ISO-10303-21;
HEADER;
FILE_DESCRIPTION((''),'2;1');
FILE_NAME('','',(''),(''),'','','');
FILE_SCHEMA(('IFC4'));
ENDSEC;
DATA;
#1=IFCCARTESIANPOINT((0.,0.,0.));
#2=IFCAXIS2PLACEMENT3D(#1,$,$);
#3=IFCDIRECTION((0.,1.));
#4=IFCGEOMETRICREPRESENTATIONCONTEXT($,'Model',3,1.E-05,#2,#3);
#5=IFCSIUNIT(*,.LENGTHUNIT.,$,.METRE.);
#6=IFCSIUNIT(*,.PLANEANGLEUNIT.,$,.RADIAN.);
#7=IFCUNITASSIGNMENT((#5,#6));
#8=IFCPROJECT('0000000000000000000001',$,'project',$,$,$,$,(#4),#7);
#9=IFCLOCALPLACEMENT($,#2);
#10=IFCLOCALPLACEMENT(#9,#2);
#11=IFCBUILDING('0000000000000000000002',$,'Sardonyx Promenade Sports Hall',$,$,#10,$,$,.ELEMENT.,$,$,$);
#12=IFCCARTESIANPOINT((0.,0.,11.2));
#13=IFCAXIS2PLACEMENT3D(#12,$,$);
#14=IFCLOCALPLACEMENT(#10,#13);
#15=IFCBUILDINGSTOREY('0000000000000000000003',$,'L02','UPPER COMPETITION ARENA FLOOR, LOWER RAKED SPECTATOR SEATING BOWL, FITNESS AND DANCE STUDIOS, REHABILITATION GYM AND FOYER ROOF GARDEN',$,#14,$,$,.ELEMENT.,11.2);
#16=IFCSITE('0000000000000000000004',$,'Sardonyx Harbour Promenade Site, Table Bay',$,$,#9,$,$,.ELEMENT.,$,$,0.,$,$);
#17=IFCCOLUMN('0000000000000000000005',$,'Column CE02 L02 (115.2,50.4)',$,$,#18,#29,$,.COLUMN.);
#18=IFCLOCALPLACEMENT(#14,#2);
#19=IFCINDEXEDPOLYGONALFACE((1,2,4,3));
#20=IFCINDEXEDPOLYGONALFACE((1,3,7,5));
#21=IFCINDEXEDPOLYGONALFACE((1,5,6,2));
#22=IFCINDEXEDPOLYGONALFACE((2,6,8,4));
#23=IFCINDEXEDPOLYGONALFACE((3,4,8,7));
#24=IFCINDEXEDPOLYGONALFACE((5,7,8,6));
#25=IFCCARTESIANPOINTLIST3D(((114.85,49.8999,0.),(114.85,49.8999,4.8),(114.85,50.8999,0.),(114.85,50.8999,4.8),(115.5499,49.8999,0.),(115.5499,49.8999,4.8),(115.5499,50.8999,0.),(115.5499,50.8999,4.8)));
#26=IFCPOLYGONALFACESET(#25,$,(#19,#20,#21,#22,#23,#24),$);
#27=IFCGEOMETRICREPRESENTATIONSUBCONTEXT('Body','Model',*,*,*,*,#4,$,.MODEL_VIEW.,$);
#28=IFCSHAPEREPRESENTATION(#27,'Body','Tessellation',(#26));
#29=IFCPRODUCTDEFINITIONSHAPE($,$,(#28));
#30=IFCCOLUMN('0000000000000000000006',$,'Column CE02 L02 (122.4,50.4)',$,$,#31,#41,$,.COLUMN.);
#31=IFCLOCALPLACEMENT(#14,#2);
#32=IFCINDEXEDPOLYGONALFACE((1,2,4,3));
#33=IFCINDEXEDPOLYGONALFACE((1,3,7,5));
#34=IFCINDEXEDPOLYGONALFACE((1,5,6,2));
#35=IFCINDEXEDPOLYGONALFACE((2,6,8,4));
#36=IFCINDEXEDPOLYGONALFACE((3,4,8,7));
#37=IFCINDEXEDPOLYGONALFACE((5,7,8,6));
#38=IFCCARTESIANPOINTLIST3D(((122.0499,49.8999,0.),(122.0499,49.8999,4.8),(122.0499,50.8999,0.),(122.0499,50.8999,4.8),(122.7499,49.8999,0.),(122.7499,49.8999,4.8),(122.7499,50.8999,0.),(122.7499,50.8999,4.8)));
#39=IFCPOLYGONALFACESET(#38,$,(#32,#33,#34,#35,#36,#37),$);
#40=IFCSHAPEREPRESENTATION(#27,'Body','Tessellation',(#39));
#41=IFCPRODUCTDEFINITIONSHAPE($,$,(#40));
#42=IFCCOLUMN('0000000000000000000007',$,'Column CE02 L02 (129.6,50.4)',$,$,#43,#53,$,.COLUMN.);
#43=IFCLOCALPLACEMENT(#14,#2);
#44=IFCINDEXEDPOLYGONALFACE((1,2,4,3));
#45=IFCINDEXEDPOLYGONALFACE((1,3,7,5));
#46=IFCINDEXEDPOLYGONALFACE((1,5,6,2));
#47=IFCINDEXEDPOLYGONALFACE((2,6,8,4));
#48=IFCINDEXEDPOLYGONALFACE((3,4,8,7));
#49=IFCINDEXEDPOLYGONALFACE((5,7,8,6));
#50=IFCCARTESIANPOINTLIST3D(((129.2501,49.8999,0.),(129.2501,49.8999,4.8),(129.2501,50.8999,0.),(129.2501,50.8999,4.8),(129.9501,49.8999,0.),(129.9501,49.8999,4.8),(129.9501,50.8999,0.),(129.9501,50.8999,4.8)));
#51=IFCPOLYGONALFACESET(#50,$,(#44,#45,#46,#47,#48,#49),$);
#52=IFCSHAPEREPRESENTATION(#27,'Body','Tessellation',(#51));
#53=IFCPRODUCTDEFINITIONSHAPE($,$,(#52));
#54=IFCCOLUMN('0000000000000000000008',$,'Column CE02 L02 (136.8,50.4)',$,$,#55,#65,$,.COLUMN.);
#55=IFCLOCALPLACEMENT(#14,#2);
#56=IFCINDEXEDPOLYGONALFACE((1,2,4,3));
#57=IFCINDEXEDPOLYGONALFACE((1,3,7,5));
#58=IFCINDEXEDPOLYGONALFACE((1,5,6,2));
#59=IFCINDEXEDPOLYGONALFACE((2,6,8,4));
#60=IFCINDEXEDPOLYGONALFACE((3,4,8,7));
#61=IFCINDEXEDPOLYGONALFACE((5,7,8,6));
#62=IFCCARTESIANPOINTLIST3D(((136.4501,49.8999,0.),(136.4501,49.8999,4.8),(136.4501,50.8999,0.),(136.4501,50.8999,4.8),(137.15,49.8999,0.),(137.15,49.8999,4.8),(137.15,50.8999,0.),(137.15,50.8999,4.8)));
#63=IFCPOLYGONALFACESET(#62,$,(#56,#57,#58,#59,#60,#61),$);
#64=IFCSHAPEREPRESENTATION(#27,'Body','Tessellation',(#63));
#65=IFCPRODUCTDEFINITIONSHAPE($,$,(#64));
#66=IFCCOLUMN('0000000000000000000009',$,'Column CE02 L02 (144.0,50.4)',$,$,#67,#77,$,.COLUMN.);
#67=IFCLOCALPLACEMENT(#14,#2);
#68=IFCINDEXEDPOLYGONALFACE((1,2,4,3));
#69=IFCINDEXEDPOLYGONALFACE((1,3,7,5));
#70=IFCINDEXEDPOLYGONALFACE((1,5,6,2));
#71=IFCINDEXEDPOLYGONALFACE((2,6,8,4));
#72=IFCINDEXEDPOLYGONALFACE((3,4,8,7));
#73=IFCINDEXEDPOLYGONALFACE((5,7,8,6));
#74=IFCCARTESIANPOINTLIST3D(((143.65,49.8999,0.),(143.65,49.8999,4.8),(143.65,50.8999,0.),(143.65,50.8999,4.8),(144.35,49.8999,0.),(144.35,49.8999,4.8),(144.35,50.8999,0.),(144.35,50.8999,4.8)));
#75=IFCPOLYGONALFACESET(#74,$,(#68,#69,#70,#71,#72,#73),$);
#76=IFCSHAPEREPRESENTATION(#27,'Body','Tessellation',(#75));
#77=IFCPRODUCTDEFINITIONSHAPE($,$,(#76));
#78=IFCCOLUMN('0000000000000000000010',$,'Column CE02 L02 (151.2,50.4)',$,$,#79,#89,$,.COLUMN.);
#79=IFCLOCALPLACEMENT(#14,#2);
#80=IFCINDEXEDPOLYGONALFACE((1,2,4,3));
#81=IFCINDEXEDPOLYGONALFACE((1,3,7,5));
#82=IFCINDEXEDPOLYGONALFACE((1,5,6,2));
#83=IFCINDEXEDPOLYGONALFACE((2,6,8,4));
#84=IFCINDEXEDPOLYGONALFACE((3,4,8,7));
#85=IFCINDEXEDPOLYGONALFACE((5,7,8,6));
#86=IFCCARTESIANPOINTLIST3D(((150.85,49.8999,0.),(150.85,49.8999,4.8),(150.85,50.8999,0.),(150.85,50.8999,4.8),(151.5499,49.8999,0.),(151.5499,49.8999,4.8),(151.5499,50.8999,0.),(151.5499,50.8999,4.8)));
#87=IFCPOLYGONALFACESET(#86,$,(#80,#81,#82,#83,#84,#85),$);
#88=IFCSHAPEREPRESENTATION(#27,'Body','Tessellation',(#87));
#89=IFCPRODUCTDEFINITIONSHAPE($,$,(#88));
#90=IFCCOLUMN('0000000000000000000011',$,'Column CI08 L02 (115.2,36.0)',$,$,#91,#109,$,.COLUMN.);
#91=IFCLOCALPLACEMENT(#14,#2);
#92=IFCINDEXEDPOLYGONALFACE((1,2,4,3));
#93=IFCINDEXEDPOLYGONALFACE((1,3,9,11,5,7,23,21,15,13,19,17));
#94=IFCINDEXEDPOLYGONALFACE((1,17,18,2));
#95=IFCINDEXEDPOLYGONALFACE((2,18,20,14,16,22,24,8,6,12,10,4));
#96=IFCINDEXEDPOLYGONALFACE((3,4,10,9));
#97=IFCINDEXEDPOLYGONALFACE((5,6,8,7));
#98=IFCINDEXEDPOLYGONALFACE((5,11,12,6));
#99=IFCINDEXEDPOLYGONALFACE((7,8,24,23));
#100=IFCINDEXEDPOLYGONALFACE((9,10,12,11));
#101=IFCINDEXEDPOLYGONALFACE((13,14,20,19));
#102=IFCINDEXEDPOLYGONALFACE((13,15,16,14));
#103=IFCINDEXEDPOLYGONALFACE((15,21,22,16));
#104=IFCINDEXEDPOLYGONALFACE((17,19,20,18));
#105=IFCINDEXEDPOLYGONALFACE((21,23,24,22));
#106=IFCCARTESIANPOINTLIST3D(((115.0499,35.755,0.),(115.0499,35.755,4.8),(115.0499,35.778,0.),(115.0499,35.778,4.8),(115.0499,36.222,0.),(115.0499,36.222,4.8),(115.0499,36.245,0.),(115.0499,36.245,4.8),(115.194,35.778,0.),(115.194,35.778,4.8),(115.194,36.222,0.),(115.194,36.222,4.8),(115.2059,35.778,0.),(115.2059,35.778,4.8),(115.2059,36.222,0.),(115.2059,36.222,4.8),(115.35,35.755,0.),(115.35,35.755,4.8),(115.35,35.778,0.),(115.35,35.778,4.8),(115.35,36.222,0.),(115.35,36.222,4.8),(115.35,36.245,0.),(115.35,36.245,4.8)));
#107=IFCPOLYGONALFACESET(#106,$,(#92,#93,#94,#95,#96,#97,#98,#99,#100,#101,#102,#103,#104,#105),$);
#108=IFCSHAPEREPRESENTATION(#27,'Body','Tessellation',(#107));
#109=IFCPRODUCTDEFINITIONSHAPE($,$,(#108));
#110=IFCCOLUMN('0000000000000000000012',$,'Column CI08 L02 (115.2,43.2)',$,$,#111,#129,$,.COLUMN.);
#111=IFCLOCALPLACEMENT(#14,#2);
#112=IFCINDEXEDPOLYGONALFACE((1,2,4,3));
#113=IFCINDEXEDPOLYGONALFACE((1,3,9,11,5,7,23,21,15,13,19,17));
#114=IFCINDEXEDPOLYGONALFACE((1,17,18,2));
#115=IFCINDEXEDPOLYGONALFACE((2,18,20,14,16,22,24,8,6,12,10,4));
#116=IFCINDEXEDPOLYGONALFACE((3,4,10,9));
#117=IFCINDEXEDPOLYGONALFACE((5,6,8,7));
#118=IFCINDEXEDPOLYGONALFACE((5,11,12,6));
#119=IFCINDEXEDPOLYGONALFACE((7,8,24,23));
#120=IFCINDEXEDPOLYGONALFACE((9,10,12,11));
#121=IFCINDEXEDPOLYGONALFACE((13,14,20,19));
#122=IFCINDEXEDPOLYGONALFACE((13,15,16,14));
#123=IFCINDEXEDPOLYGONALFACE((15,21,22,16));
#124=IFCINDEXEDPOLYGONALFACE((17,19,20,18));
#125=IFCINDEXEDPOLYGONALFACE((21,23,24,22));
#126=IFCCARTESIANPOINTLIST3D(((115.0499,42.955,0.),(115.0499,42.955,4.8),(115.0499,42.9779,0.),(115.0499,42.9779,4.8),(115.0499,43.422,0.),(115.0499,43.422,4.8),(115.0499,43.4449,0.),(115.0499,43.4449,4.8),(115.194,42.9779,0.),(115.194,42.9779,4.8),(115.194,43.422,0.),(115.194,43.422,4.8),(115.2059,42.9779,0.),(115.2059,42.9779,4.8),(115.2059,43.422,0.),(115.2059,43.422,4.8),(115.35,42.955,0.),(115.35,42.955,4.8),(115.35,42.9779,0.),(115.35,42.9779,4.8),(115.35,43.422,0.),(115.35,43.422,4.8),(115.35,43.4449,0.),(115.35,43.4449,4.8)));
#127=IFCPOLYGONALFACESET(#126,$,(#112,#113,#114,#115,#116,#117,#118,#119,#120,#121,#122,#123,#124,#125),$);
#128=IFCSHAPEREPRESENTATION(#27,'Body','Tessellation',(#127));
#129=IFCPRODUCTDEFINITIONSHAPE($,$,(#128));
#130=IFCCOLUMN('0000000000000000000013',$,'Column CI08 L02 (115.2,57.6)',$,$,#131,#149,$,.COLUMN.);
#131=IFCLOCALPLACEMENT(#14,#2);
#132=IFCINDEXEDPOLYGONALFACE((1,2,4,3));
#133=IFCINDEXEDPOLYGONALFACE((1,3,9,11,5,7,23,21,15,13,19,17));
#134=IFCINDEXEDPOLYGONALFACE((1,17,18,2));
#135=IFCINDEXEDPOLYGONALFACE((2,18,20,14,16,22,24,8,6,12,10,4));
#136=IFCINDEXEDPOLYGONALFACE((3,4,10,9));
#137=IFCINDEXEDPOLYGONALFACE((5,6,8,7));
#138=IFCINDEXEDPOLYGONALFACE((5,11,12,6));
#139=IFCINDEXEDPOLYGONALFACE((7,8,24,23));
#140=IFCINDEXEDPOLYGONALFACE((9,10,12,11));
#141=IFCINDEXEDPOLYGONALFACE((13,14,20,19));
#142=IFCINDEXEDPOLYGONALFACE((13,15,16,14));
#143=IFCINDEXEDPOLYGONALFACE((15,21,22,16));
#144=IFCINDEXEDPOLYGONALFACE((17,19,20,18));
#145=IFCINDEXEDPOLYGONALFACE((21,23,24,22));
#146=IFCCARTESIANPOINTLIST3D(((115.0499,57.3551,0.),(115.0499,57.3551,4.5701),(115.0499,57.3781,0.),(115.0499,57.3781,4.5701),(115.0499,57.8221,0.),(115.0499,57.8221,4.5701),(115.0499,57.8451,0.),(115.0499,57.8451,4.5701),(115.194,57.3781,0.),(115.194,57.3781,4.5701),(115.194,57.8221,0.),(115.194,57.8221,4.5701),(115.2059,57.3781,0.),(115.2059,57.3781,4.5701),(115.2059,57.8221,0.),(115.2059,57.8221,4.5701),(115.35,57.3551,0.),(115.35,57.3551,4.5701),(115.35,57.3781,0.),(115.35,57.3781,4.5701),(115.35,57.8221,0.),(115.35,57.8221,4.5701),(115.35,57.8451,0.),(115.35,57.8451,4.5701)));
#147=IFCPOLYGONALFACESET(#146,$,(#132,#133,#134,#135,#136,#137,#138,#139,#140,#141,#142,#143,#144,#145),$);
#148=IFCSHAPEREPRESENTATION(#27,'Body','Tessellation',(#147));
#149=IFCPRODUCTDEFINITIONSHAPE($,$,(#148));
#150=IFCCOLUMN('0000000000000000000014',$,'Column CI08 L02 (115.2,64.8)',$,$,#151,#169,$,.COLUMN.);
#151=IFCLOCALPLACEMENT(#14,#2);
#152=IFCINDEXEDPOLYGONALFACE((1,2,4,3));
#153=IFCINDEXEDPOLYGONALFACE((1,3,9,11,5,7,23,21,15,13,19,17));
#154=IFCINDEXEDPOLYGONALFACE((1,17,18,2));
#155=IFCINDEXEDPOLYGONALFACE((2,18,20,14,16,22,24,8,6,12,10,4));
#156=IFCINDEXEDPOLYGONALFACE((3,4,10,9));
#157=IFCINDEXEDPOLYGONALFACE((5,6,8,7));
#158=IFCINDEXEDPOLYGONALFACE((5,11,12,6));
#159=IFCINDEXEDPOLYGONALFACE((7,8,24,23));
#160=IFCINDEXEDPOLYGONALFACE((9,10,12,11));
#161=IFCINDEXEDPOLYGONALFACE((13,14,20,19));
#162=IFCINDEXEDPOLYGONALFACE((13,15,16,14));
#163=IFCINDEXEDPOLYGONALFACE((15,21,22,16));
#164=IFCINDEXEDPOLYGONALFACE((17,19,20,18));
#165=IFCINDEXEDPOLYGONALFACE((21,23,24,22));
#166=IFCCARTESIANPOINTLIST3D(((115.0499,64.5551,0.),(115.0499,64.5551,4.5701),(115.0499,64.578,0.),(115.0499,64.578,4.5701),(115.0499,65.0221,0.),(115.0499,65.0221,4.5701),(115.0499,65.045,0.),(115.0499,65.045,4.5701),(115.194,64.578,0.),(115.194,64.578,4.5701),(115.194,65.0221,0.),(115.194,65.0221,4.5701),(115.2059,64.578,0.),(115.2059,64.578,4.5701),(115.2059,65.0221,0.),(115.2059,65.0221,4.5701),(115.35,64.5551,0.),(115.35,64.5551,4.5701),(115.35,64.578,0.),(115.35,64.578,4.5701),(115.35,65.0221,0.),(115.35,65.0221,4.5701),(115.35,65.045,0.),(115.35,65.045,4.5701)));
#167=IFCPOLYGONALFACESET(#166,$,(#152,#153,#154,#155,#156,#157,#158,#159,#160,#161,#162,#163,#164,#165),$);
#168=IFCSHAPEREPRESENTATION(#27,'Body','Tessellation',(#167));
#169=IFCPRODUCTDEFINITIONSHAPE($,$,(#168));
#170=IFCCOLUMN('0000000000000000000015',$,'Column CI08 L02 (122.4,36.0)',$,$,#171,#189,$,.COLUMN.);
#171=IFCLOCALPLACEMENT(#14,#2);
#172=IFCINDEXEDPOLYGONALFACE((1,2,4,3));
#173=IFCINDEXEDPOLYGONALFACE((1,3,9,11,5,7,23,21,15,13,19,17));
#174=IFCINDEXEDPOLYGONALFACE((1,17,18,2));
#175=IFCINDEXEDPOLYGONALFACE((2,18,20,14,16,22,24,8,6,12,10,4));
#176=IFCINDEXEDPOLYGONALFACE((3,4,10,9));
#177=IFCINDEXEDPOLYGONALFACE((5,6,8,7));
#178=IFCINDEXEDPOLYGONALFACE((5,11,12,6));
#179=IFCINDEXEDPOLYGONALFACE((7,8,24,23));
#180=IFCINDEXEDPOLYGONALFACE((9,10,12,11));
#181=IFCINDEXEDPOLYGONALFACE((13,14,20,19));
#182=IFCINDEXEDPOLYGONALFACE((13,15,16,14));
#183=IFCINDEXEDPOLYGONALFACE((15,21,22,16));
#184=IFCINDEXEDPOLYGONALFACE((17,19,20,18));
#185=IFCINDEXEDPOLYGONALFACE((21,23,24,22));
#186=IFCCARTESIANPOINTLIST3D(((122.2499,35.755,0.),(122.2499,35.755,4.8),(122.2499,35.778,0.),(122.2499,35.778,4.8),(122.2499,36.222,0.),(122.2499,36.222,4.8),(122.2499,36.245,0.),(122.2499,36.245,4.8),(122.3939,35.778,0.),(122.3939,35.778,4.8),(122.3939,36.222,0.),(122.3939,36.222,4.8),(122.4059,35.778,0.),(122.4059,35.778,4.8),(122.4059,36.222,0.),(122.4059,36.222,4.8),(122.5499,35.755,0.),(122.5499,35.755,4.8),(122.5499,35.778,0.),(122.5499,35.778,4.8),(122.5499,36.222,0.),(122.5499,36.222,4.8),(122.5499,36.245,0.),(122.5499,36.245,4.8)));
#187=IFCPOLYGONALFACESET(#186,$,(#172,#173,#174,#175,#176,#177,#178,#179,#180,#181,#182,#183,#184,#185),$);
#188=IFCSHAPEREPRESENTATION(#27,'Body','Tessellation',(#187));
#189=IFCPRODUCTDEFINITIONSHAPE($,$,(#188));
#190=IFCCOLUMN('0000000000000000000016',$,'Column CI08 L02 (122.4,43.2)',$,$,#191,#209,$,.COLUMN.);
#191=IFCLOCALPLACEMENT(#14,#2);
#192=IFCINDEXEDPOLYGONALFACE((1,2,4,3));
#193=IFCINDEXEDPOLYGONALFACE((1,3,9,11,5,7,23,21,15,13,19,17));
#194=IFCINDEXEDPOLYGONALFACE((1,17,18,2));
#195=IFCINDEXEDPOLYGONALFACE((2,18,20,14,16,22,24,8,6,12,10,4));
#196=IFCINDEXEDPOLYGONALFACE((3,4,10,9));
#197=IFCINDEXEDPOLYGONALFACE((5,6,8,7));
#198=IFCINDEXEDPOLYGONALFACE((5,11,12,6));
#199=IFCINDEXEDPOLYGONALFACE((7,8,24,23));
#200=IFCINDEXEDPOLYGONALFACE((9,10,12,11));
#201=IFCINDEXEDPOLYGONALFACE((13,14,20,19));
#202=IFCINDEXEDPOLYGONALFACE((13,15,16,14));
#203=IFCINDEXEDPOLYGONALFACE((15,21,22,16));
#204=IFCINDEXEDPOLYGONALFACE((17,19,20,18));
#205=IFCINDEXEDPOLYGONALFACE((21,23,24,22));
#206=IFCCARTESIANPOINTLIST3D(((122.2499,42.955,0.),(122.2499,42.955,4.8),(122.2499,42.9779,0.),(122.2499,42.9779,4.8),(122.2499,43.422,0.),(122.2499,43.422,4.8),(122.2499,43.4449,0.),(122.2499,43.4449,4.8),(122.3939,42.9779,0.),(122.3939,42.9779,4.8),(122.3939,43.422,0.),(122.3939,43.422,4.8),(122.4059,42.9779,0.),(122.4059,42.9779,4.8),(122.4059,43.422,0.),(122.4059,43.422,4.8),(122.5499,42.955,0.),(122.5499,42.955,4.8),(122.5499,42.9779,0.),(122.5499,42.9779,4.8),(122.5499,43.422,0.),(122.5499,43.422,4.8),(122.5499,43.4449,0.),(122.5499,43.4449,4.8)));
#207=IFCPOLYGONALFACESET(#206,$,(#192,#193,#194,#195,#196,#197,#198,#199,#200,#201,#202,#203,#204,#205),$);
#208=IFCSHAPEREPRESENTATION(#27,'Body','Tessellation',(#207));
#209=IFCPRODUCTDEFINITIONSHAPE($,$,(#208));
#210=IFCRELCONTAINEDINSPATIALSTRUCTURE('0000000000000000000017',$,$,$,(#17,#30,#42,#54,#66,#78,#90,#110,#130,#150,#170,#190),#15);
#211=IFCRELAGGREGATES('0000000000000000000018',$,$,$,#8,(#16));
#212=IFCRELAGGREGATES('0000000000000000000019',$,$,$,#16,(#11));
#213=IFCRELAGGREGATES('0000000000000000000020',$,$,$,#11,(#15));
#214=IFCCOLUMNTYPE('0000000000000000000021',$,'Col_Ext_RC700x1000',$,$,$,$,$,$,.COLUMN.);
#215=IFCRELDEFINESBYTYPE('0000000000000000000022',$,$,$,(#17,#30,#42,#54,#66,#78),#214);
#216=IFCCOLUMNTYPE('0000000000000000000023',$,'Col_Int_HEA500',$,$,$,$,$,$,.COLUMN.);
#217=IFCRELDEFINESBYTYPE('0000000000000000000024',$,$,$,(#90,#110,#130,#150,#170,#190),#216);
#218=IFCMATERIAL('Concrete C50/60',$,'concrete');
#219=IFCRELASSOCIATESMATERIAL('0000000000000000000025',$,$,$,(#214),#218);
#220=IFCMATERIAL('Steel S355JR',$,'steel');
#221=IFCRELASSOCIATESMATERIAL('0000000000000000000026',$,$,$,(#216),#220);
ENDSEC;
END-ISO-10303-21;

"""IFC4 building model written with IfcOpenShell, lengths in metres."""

from ifc_helpers import new_model, si_unit, direction, frame, origin, origin_2d, place, context, subcontext, project, spatial, rectangle, i_section, extrude, material, material_profile, profile_set, type_object, element, save


model = new_model("IFC4")

# Units and contexts
model_context = context("Model", 3, precision=1e-05, world=origin(), true_north=direction((0.0, 1.0)))
body_context = subcontext(model_context, "Body", "Model", "MODEL_VIEW")
ifc_project = project(units=[si_unit("LENGTHUNIT", "METRE"), si_unit("PLANEANGLEUNIT", "RADIAN")], contexts=[model_context])

# Site, building, storey
site_placement = place(None, origin())
site = spatial("IfcSite", under=ifc_project, at=site_placement, Name="Sardonyx Harbour Promenade Site, Table Bay", CompositionType="ELEMENT", RefElevation=0.0)
building_placement = place(site_placement, origin())
building = spatial("IfcBuilding", under=site, at=building_placement, Name="Sardonyx Promenade Sports Hall", CompositionType="ELEMENT")
storey_placement = place(building_placement, frame((0.0, 0.0, 11.2)))
storey = spatial("IfcBuildingStorey", under=building, at=storey_placement, Name="L02", Description="UPPER COMPETITION ARENA FLOOR, LOWER RAKED SPECTATOR SEATING BOWL, FITNESS AND DANCE STUDIOS, REHABILITATION GYM AND FOYER ROOF GARDEN", CompositionType="ELEMENT", Elevation=11.2)

# Columns
ifc_material_1 = material(Name="Concrete C50/60", Category="concrete")
ifc_material_profile_1 = material_profile(ifc_material_1, rectangle(XDim=0.7, YDim=1.0, at=origin_2d()))
ifc_profile_set_1 = profile_set([ifc_material_profile_1], Name="Concrete C50/60")
column_type_1 = type_object("IfcColumnType", Name="Col_Ext_RC700x1000", PredefinedType="COLUMN", material=ifc_profile_set_1)
for number, where, z_axis, x_axis, name in (
    (1, (115.2, 50.3999, 0.0), (0.0, 0.0, 1.0), (1.0, 0.0, 0.0), "Column CE02 L02 (115.2,50.4)"),
    (2, (122.3999, 50.3999, 0.0), (0.0, 0.0, 1.0), (1.0, 0.0, 0.0), "Column CE02 L02 (122.4,50.4)"),
    (3, (129.6001, 50.3999, 0.0), (0.0, 0.0, 1.0), (1.0, 0.0, 0.0), "Column CE02 L02 (129.6,50.4)"),
    (4, (136.8, 50.3999, 0.0), (0.0, 0.0, 1.0), (1.0, 0.0, 0.0), "Column CE02 L02 (136.8,50.4)"),
    (5, (144.0, 50.3999, 0.0), (0.0, 0.0, 1.0), (1.0, 0.0, 0.0), "Column CE02 L02 (144.0,50.4)"),
    (6, (151.2, 50.3999, 0.0), (0.0, 0.0, 1.0), (1.0, 0.0, 0.0), "Column CE02 L02 (151.2,50.4)"),
):
    element("IfcColumn", number, at=place(storey_placement, frame(where, z_axis=z_axis, x_axis=x_axis)), inside=storey, type_object=column_type_1, Name=name, PredefinedType="COLUMN", context=body_context, shape_type="SweptSolid", body=[
        extrude(rectangle(XDim=0.7, YDim=1.0, at=origin_2d()), origin(), (0.0, 0.0, 1.0), 4.8),
    ])
ifc_material_2 = material(Name="Steel S355JR", Category="steel")
ifc_material_profile_2 = material_profile(ifc_material_2, i_section(OverallWidth=0.3, OverallDepth=0.49, WebThickness=0.012, FlangeThickness=0.0229, at=origin_2d()))
ifc_profile_set_2 = profile_set([ifc_material_profile_2], Name="Steel S355JR")
column_type_2 = type_object("IfcColumnType", Name="Col_Int_HEA500", PredefinedType="COLUMN", material=ifc_profile_set_2)
for number, where, z_axis, x_axis, name in (
    (7, (115.2, 36.0, 0.0), (0.0, 0.0, 1.0), (1.0, 0.0, 0.0), "Column CI08 L02 (115.2,36.0)"),
    (8, (115.2, 43.2, 0.0), (0.0, 0.0, 1.0), (1.0, 0.0, 0.0), "Column CI08 L02 (115.2,43.2)"),
):
    element("IfcColumn", number, at=place(storey_placement, frame(where, z_axis=z_axis, x_axis=x_axis)), inside=storey, type_object=column_type_2, Name=name, PredefinedType="COLUMN", context=body_context, shape_type="SweptSolid", body=[
        extrude(i_section(OverallWidth=0.3, OverallDepth=0.49, WebThickness=0.012, FlangeThickness=0.0229, at=origin_2d()), origin(), (0.0, 0.0, 1.0), 4.8),
    ])
for number, where, z_axis, x_axis, name in (
    (9, (115.2, 57.6001, 0.0), (0.0, 0.0, 1.0), (1.0, 0.0, 0.0), "Column CI08 L02 (115.2,57.6)"),
    (10, (115.2, 64.8, 0.0), (0.0, 0.0, 1.0), (1.0, 0.0, 0.0), "Column CI08 L02 (115.2,64.8)"),
):
    element("IfcColumn", number, at=place(storey_placement, frame(where, z_axis=z_axis, x_axis=x_axis)), inside=storey, type_object=column_type_2, Name=name, PredefinedType="COLUMN", context=body_context, shape_type="SweptSolid", body=[
        extrude(i_section(OverallWidth=0.3, OverallDepth=0.49, WebThickness=0.012, FlangeThickness=0.0229, at=origin_2d()), origin(), (0.0, 0.0, 1.0), 4.5701),
    ])
for number, where, z_axis, x_axis, name in (
    (11, (122.3999, 36.0, 0.0), (0.0, 0.0, 1.0), (1.0, 0.0, 0.0), "Column CI08 L02 (122.4,36.0)"),
    (12, (122.3999, 43.2, 0.0), (0.0, 0.0, 1.0), (1.0, 0.0, 0.0), "Column CI08 L02 (122.4,43.2)"),
):
    element("IfcColumn", number, at=place(storey_placement, frame(where, z_axis=z_axis, x_axis=x_axis)), inside=storey, type_object=column_type_2, Name=name, PredefinedType="COLUMN", context=body_context, shape_type="SweptSolid", body=[
        extrude(i_section(OverallWidth=0.3, OverallDepth=0.49, WebThickness=0.012, FlangeThickness=0.0229, at=origin_2d()), origin(), (0.0, 0.0, 1.0), 4.8),
    ])

save(model, "model.ifc")
